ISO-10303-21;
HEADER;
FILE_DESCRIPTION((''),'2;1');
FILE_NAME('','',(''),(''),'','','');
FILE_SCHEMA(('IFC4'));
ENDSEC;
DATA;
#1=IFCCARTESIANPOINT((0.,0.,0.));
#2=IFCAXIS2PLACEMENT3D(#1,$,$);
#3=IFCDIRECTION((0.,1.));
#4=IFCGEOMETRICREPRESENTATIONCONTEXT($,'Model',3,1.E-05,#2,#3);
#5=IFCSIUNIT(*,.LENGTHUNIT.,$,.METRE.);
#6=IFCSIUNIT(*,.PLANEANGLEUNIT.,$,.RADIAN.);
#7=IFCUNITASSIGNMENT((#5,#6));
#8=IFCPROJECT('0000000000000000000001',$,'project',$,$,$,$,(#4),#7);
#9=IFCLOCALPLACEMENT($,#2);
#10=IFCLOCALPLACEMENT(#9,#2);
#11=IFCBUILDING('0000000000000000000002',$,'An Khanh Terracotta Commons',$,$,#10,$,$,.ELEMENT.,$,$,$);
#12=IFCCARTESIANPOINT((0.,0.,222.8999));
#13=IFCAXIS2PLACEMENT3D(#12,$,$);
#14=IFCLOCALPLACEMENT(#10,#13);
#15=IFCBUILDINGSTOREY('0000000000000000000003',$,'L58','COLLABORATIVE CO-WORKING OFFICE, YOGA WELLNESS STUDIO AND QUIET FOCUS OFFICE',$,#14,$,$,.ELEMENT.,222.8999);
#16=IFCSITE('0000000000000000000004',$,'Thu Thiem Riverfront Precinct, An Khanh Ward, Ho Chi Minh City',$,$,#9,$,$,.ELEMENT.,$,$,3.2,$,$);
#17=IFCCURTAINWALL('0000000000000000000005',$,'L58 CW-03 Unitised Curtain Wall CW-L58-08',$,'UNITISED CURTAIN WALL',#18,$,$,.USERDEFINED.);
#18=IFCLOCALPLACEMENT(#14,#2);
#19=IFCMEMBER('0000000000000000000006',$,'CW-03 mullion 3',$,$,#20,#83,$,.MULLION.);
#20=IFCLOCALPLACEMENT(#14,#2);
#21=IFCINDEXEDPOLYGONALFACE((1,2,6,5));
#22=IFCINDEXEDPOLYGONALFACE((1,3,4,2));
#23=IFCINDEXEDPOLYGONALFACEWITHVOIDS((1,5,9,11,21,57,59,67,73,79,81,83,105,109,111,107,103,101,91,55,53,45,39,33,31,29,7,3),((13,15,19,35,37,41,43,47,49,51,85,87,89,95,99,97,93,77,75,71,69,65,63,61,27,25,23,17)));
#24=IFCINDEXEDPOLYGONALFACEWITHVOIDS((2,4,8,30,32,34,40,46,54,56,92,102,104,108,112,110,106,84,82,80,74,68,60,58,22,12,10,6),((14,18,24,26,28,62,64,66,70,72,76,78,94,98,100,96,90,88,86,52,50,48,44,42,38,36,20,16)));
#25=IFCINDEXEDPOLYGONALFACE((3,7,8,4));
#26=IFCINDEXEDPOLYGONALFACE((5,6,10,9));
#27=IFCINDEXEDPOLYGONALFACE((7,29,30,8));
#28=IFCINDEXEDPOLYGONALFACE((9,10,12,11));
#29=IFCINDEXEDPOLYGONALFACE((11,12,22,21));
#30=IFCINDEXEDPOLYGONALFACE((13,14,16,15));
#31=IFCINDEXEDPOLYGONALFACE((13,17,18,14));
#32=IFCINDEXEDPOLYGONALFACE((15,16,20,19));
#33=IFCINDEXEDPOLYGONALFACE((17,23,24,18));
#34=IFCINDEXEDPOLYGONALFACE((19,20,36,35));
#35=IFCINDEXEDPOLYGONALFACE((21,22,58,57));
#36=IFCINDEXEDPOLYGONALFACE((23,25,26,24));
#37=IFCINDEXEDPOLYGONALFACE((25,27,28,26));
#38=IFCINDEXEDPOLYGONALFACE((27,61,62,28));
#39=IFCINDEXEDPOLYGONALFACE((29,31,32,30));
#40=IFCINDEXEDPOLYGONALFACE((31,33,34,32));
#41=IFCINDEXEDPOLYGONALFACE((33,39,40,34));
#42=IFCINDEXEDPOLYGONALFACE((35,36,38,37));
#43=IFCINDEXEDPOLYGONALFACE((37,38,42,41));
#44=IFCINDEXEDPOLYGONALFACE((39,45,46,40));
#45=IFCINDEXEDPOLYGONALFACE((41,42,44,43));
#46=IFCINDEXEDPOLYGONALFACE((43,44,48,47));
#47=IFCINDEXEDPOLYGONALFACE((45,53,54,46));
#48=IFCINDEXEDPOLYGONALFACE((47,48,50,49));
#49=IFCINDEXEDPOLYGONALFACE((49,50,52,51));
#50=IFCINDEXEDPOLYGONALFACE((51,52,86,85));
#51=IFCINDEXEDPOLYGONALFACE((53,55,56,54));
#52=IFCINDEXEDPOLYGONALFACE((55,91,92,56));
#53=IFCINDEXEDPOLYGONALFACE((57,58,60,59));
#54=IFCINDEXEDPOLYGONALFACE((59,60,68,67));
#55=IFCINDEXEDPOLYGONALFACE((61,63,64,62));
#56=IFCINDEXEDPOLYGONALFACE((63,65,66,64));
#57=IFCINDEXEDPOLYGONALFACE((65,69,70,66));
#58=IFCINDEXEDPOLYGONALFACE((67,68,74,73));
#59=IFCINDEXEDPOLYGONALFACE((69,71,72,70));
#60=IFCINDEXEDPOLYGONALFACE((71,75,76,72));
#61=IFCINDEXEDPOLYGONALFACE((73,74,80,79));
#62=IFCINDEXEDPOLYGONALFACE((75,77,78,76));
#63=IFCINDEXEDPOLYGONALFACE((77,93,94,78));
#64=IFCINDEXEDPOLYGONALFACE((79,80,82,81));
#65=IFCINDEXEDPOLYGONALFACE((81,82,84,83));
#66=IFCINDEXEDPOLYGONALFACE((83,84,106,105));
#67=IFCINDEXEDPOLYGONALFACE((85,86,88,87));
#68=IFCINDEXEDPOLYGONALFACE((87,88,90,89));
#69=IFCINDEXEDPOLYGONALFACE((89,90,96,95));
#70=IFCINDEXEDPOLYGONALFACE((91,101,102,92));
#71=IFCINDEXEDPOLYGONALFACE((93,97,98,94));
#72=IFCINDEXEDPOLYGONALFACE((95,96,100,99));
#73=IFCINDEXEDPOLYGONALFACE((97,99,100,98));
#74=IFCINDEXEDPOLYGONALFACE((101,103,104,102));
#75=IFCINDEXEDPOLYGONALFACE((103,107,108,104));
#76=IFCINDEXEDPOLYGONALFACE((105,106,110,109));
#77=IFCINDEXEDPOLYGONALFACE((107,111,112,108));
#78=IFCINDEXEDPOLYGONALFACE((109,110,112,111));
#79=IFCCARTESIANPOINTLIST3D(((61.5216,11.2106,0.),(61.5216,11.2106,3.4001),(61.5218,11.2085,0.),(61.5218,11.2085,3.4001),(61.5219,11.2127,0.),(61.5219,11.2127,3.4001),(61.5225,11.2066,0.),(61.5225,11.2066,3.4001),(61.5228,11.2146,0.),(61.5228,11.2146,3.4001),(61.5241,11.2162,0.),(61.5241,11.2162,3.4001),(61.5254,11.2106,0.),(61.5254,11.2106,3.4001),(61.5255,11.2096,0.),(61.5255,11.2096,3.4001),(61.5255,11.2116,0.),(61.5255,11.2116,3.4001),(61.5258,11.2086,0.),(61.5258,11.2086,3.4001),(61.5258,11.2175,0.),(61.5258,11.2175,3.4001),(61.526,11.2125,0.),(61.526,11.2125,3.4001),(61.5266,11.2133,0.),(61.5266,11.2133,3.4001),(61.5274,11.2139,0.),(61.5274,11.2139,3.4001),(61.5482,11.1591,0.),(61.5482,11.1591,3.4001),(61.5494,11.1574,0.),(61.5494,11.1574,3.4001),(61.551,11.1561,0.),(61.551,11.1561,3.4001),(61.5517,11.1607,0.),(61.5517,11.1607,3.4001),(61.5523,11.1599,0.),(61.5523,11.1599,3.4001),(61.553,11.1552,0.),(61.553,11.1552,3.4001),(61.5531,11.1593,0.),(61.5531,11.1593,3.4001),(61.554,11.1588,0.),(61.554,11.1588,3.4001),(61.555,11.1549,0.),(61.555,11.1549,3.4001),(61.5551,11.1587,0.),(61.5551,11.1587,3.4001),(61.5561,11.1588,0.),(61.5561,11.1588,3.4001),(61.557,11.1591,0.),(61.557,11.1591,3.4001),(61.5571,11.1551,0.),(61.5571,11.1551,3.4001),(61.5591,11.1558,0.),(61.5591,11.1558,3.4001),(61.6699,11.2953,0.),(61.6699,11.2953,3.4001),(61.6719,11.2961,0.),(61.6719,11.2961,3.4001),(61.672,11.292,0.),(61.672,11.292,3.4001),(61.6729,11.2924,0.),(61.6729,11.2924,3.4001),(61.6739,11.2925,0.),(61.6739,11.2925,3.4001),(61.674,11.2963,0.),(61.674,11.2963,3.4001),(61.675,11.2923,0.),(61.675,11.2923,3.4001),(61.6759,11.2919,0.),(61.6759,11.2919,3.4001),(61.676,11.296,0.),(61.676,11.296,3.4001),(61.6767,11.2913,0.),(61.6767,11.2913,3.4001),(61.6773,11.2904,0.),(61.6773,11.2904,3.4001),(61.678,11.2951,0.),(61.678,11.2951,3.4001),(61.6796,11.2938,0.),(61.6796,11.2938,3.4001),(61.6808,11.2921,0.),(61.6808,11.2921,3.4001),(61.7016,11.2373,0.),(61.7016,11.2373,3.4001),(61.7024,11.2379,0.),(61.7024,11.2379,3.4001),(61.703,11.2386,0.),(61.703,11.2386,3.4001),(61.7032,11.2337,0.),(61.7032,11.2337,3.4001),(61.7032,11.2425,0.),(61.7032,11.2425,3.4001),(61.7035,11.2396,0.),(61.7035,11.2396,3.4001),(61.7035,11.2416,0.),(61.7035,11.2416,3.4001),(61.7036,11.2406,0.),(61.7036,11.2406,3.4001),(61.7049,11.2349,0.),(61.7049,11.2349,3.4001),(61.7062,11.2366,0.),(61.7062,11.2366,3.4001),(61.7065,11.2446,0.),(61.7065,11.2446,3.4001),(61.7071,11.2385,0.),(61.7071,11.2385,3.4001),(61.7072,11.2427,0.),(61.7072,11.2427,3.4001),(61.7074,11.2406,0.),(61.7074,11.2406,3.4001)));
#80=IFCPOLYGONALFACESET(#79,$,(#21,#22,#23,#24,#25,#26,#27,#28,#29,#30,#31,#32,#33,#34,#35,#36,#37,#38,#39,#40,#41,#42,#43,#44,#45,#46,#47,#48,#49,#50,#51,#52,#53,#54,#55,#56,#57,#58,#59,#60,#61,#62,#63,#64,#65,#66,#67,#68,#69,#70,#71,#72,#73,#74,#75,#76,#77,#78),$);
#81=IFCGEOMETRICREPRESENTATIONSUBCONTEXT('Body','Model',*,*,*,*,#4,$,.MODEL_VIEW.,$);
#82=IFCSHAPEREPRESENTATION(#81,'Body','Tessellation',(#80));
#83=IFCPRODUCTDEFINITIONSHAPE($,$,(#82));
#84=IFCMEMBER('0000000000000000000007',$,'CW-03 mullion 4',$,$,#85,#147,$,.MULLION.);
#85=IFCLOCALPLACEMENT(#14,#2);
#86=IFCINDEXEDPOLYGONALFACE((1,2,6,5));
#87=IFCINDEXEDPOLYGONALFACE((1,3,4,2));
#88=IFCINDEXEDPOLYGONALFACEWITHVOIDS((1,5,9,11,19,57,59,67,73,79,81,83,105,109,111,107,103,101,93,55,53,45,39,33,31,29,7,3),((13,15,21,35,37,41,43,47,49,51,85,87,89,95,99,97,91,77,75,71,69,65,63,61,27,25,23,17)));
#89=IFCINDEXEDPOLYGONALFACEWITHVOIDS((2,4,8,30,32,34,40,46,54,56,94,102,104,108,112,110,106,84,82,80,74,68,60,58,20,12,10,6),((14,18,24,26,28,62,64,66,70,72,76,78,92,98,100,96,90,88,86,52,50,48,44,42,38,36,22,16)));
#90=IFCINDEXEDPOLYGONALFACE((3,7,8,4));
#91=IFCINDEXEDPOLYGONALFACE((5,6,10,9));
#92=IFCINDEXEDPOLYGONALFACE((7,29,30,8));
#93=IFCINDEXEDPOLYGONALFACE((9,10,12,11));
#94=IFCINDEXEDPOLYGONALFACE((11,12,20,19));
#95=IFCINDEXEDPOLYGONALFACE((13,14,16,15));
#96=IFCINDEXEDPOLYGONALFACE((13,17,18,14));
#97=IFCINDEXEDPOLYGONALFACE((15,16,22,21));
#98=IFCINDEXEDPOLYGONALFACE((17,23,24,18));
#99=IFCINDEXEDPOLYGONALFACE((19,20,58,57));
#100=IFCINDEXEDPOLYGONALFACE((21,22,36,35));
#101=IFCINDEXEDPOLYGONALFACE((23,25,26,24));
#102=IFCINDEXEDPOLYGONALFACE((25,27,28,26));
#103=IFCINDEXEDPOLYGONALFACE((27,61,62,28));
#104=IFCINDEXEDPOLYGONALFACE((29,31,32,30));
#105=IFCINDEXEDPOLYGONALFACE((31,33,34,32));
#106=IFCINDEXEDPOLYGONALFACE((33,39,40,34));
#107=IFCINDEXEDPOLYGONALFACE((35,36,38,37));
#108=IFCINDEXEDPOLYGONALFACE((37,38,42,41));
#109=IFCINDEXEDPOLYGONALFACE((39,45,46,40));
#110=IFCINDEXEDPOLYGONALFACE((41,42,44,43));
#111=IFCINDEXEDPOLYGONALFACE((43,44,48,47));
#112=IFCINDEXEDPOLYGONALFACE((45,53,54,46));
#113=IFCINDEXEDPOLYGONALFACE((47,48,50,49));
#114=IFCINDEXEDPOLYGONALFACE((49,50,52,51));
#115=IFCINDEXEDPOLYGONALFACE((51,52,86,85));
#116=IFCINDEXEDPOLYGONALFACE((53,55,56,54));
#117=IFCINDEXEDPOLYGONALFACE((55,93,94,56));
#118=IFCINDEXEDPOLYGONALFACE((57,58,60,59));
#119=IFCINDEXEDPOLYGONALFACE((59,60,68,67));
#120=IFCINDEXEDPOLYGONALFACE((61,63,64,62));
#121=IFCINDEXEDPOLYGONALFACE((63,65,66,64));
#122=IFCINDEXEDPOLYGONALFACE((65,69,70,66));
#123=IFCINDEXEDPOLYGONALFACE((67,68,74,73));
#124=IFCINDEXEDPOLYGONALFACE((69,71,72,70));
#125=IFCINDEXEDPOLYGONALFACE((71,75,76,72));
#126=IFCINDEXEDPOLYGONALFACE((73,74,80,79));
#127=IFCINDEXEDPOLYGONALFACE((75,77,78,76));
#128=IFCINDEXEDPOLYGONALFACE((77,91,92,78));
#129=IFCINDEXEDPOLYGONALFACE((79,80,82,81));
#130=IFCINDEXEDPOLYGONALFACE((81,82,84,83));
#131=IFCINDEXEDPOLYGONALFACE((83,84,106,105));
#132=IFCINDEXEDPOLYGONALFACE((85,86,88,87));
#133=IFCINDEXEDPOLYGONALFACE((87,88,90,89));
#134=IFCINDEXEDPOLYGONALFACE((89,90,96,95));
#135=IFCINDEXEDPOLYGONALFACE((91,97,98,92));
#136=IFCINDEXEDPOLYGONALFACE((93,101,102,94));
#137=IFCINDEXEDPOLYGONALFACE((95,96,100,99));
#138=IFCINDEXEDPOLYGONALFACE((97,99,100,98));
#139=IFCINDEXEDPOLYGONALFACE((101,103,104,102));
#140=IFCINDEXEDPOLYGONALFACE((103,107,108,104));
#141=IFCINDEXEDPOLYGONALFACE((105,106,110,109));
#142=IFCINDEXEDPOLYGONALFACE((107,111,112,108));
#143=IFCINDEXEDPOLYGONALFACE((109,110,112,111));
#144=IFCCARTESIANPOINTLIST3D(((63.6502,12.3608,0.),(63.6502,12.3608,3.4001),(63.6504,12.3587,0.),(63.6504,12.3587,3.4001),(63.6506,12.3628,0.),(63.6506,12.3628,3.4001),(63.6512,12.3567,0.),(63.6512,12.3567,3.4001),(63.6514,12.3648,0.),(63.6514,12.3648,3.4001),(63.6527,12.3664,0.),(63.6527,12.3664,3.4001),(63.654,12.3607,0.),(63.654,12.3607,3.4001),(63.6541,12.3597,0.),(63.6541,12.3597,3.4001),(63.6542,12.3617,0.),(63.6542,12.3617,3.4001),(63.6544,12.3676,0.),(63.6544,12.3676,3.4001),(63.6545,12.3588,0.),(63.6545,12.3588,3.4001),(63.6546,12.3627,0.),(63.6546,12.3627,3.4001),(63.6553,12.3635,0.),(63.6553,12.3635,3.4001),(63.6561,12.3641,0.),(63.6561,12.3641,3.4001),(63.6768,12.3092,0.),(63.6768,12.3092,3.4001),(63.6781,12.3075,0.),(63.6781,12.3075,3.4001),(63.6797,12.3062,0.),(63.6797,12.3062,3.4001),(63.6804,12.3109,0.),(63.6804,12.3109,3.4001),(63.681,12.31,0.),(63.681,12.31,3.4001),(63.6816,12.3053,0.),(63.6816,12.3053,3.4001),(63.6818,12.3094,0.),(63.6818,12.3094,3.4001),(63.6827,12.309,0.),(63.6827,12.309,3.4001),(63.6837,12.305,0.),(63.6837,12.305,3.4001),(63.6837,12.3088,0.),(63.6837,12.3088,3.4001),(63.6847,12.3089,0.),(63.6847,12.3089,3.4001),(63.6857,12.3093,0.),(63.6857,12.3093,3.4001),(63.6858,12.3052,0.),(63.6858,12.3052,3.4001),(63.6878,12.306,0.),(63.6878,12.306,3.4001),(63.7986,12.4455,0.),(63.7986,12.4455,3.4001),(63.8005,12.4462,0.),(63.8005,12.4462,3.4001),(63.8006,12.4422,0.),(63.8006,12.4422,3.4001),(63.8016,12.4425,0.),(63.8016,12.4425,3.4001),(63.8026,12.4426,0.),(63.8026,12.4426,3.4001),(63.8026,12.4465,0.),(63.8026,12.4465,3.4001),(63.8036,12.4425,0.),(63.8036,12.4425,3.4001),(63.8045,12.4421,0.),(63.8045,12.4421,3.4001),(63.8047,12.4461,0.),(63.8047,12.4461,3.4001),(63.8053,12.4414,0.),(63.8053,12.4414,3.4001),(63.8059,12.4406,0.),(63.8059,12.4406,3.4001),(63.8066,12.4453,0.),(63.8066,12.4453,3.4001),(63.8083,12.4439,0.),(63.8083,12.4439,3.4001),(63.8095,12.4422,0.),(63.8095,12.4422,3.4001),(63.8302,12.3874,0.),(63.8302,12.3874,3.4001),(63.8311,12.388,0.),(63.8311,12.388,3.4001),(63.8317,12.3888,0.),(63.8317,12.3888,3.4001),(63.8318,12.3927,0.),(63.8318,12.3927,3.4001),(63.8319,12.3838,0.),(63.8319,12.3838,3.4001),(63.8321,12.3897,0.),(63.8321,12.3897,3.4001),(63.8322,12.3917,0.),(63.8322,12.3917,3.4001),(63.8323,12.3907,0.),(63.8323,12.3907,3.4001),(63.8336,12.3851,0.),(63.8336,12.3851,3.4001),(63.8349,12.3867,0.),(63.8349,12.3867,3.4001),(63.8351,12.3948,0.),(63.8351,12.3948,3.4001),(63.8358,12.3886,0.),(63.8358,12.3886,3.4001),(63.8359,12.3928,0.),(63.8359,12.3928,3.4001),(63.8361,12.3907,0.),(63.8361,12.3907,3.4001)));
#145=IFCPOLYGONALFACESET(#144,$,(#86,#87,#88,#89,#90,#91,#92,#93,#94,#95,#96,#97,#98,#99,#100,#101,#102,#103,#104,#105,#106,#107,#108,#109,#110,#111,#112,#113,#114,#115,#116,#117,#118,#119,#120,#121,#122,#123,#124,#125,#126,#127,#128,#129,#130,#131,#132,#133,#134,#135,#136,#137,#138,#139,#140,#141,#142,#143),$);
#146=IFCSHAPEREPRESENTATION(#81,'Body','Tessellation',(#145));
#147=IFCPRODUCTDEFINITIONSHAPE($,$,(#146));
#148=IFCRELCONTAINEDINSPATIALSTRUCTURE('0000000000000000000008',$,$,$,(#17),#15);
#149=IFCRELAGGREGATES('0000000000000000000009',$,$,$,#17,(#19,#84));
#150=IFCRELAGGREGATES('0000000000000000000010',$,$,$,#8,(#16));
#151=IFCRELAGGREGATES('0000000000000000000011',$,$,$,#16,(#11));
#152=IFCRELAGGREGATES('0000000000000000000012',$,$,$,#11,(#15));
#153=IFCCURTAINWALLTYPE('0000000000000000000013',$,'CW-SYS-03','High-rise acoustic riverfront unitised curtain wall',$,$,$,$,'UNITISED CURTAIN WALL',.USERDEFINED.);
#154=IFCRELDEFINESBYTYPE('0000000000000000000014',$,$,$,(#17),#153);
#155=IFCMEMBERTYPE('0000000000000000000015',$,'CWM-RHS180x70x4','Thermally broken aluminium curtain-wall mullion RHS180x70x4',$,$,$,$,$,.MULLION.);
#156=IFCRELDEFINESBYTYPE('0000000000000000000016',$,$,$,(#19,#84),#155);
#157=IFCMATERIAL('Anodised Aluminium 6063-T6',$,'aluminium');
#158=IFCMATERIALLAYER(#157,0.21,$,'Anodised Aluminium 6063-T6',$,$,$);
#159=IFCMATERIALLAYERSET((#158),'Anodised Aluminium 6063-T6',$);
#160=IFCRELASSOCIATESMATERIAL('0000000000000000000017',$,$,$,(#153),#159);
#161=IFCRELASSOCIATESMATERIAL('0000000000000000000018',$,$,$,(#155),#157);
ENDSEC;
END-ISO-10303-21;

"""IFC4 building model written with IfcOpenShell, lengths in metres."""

from ifc_helpers import new_model, si_unit, direction, frame, origin, origin_2d, place, context, subcontext, project, spatial, hollow_rectangle, extrude, material, layer, layer_set, material_profile, profile_set, type_object, element, aggregate, save


model = new_model("IFC4")

# Units and contexts
model_context = context("Model", 3, precision=1e-05, world=origin(), true_north=direction((0.0, 1.0)))
body_context = subcontext(model_context, "Body", "Model", "MODEL_VIEW")
ifc_project = project(units=[si_unit("LENGTHUNIT", "METRE"), si_unit("PLANEANGLEUNIT", "RADIAN")], contexts=[model_context])

# Site, building, storey
site_placement = place(None, origin())
site = spatial("IfcSite", under=ifc_project, at=site_placement, Name="Thu Thiem Riverfront Precinct, An Khanh Ward, Ho Chi Minh City", CompositionType="ELEMENT", RefElevation=3.2)
building_placement = place(site_placement, origin())
building = spatial("IfcBuilding", under=site, at=building_placement, Name="An Khanh Terracotta Commons", CompositionType="ELEMENT")
storey_placement = place(building_placement, frame((0.0, 0.0, 222.8999)))
storey = spatial("IfcBuildingStorey", under=building, at=storey_placement, Name="L58", Description="COLLABORATIVE CO-WORKING OFFICE, YOGA WELLNESS STUDIO AND QUIET FOCUS OFFICE", CompositionType="ELEMENT", Elevation=222.8999)

# Curtain wall, members
ifc_material_1 = material(Name="Anodised Aluminium 6063-T6", Category="aluminium")
ifc_layer_1 = layer(ifc_material_1, 0.21, Name="Anodised Aluminium 6063-T6")
ifc_layer_set_1 = layer_set([ifc_layer_1], Name="Anodised Aluminium 6063-T6")
curtain_wall_type = type_object("IfcCurtainWallType", Name="CW-SYS-03", Description="High-rise acoustic riverfront unitised curtain wall", ElementType="UNITISED CURTAIN WALL", PredefinedType="USERDEFINED", material=ifc_layer_set_1)
curtain_wall_1_placement = place(storey_placement, origin())
curtain_wall_1 = element("IfcCurtainWall", 1, at=curtain_wall_1_placement, inside=storey, type_object=curtain_wall_type, Name="L58 CW-03 Unitised Curtain Wall CW-L58-08", ObjectType="UNITISED CURTAIN WALL", PredefinedType="USERDEFINED")
ifc_material_profile_1 = material_profile(ifc_material_1, hollow_rectangle(XDim=0.0701, YDim=0.1799, WallThickness=0.0039, InnerFilletRadius=0.0039, OuterFilletRadius=0.0081, at=origin_2d()), Name="RHS180x70x4")
ifc_profile_set_1 = profile_set([ifc_material_profile_1], Name="Anodised Aluminium 6063-T6")
member_type_1 = type_object("IfcMemberType", Name="CWM-RHS180x70x4", Description="Thermally broken aluminium curtain-wall mullion RHS180x70x4", PredefinedType="MULLION", material=ifc_profile_set_1)
member_1_placement = place(storey_placement, frame((61.6145, 11.2256, 0.0), z_axis=(0.0, 0.0, 1.0), x_axis=(-0.475381, 0.87978, 0.0)))
member_1 = element("IfcMember", 2, at=member_1_placement, type_object=member_type_1, Name="CW-03 mullion 3", PredefinedType="MULLION", context=body_context, shape_type="SweptSolid", body=[
    extrude(hollow_rectangle(XDim=0.0701, YDim=0.1799, WallThickness=0.0039, InnerFilletRadius=0.0039, OuterFilletRadius=0.0081, at=origin_2d()), origin(), (0.0, 0.0, 1.0), 3.4001),
])
member_2_placement = place(storey_placement, frame((63.7432, 12.3757, 0.0), z_axis=(0.0, 0.0, 1.0), x_axis=(-0.475381, 0.87978, 0.0)))
member_2 = element("IfcMember", 3, at=member_2_placement, type_object=member_type_1, Name="CW-03 mullion 4", PredefinedType="MULLION", context=body_context, shape_type="SweptSolid", body=[
    extrude(hollow_rectangle(XDim=0.0701, YDim=0.1799, WallThickness=0.0039, InnerFilletRadius=0.0039, OuterFilletRadius=0.0081, at=origin_2d()), origin(), (0.0, 0.0, 1.0), 3.4001),
])

aggregate(curtain_wall_1, [member_1, member_2])

save(model, "model.ifc")
